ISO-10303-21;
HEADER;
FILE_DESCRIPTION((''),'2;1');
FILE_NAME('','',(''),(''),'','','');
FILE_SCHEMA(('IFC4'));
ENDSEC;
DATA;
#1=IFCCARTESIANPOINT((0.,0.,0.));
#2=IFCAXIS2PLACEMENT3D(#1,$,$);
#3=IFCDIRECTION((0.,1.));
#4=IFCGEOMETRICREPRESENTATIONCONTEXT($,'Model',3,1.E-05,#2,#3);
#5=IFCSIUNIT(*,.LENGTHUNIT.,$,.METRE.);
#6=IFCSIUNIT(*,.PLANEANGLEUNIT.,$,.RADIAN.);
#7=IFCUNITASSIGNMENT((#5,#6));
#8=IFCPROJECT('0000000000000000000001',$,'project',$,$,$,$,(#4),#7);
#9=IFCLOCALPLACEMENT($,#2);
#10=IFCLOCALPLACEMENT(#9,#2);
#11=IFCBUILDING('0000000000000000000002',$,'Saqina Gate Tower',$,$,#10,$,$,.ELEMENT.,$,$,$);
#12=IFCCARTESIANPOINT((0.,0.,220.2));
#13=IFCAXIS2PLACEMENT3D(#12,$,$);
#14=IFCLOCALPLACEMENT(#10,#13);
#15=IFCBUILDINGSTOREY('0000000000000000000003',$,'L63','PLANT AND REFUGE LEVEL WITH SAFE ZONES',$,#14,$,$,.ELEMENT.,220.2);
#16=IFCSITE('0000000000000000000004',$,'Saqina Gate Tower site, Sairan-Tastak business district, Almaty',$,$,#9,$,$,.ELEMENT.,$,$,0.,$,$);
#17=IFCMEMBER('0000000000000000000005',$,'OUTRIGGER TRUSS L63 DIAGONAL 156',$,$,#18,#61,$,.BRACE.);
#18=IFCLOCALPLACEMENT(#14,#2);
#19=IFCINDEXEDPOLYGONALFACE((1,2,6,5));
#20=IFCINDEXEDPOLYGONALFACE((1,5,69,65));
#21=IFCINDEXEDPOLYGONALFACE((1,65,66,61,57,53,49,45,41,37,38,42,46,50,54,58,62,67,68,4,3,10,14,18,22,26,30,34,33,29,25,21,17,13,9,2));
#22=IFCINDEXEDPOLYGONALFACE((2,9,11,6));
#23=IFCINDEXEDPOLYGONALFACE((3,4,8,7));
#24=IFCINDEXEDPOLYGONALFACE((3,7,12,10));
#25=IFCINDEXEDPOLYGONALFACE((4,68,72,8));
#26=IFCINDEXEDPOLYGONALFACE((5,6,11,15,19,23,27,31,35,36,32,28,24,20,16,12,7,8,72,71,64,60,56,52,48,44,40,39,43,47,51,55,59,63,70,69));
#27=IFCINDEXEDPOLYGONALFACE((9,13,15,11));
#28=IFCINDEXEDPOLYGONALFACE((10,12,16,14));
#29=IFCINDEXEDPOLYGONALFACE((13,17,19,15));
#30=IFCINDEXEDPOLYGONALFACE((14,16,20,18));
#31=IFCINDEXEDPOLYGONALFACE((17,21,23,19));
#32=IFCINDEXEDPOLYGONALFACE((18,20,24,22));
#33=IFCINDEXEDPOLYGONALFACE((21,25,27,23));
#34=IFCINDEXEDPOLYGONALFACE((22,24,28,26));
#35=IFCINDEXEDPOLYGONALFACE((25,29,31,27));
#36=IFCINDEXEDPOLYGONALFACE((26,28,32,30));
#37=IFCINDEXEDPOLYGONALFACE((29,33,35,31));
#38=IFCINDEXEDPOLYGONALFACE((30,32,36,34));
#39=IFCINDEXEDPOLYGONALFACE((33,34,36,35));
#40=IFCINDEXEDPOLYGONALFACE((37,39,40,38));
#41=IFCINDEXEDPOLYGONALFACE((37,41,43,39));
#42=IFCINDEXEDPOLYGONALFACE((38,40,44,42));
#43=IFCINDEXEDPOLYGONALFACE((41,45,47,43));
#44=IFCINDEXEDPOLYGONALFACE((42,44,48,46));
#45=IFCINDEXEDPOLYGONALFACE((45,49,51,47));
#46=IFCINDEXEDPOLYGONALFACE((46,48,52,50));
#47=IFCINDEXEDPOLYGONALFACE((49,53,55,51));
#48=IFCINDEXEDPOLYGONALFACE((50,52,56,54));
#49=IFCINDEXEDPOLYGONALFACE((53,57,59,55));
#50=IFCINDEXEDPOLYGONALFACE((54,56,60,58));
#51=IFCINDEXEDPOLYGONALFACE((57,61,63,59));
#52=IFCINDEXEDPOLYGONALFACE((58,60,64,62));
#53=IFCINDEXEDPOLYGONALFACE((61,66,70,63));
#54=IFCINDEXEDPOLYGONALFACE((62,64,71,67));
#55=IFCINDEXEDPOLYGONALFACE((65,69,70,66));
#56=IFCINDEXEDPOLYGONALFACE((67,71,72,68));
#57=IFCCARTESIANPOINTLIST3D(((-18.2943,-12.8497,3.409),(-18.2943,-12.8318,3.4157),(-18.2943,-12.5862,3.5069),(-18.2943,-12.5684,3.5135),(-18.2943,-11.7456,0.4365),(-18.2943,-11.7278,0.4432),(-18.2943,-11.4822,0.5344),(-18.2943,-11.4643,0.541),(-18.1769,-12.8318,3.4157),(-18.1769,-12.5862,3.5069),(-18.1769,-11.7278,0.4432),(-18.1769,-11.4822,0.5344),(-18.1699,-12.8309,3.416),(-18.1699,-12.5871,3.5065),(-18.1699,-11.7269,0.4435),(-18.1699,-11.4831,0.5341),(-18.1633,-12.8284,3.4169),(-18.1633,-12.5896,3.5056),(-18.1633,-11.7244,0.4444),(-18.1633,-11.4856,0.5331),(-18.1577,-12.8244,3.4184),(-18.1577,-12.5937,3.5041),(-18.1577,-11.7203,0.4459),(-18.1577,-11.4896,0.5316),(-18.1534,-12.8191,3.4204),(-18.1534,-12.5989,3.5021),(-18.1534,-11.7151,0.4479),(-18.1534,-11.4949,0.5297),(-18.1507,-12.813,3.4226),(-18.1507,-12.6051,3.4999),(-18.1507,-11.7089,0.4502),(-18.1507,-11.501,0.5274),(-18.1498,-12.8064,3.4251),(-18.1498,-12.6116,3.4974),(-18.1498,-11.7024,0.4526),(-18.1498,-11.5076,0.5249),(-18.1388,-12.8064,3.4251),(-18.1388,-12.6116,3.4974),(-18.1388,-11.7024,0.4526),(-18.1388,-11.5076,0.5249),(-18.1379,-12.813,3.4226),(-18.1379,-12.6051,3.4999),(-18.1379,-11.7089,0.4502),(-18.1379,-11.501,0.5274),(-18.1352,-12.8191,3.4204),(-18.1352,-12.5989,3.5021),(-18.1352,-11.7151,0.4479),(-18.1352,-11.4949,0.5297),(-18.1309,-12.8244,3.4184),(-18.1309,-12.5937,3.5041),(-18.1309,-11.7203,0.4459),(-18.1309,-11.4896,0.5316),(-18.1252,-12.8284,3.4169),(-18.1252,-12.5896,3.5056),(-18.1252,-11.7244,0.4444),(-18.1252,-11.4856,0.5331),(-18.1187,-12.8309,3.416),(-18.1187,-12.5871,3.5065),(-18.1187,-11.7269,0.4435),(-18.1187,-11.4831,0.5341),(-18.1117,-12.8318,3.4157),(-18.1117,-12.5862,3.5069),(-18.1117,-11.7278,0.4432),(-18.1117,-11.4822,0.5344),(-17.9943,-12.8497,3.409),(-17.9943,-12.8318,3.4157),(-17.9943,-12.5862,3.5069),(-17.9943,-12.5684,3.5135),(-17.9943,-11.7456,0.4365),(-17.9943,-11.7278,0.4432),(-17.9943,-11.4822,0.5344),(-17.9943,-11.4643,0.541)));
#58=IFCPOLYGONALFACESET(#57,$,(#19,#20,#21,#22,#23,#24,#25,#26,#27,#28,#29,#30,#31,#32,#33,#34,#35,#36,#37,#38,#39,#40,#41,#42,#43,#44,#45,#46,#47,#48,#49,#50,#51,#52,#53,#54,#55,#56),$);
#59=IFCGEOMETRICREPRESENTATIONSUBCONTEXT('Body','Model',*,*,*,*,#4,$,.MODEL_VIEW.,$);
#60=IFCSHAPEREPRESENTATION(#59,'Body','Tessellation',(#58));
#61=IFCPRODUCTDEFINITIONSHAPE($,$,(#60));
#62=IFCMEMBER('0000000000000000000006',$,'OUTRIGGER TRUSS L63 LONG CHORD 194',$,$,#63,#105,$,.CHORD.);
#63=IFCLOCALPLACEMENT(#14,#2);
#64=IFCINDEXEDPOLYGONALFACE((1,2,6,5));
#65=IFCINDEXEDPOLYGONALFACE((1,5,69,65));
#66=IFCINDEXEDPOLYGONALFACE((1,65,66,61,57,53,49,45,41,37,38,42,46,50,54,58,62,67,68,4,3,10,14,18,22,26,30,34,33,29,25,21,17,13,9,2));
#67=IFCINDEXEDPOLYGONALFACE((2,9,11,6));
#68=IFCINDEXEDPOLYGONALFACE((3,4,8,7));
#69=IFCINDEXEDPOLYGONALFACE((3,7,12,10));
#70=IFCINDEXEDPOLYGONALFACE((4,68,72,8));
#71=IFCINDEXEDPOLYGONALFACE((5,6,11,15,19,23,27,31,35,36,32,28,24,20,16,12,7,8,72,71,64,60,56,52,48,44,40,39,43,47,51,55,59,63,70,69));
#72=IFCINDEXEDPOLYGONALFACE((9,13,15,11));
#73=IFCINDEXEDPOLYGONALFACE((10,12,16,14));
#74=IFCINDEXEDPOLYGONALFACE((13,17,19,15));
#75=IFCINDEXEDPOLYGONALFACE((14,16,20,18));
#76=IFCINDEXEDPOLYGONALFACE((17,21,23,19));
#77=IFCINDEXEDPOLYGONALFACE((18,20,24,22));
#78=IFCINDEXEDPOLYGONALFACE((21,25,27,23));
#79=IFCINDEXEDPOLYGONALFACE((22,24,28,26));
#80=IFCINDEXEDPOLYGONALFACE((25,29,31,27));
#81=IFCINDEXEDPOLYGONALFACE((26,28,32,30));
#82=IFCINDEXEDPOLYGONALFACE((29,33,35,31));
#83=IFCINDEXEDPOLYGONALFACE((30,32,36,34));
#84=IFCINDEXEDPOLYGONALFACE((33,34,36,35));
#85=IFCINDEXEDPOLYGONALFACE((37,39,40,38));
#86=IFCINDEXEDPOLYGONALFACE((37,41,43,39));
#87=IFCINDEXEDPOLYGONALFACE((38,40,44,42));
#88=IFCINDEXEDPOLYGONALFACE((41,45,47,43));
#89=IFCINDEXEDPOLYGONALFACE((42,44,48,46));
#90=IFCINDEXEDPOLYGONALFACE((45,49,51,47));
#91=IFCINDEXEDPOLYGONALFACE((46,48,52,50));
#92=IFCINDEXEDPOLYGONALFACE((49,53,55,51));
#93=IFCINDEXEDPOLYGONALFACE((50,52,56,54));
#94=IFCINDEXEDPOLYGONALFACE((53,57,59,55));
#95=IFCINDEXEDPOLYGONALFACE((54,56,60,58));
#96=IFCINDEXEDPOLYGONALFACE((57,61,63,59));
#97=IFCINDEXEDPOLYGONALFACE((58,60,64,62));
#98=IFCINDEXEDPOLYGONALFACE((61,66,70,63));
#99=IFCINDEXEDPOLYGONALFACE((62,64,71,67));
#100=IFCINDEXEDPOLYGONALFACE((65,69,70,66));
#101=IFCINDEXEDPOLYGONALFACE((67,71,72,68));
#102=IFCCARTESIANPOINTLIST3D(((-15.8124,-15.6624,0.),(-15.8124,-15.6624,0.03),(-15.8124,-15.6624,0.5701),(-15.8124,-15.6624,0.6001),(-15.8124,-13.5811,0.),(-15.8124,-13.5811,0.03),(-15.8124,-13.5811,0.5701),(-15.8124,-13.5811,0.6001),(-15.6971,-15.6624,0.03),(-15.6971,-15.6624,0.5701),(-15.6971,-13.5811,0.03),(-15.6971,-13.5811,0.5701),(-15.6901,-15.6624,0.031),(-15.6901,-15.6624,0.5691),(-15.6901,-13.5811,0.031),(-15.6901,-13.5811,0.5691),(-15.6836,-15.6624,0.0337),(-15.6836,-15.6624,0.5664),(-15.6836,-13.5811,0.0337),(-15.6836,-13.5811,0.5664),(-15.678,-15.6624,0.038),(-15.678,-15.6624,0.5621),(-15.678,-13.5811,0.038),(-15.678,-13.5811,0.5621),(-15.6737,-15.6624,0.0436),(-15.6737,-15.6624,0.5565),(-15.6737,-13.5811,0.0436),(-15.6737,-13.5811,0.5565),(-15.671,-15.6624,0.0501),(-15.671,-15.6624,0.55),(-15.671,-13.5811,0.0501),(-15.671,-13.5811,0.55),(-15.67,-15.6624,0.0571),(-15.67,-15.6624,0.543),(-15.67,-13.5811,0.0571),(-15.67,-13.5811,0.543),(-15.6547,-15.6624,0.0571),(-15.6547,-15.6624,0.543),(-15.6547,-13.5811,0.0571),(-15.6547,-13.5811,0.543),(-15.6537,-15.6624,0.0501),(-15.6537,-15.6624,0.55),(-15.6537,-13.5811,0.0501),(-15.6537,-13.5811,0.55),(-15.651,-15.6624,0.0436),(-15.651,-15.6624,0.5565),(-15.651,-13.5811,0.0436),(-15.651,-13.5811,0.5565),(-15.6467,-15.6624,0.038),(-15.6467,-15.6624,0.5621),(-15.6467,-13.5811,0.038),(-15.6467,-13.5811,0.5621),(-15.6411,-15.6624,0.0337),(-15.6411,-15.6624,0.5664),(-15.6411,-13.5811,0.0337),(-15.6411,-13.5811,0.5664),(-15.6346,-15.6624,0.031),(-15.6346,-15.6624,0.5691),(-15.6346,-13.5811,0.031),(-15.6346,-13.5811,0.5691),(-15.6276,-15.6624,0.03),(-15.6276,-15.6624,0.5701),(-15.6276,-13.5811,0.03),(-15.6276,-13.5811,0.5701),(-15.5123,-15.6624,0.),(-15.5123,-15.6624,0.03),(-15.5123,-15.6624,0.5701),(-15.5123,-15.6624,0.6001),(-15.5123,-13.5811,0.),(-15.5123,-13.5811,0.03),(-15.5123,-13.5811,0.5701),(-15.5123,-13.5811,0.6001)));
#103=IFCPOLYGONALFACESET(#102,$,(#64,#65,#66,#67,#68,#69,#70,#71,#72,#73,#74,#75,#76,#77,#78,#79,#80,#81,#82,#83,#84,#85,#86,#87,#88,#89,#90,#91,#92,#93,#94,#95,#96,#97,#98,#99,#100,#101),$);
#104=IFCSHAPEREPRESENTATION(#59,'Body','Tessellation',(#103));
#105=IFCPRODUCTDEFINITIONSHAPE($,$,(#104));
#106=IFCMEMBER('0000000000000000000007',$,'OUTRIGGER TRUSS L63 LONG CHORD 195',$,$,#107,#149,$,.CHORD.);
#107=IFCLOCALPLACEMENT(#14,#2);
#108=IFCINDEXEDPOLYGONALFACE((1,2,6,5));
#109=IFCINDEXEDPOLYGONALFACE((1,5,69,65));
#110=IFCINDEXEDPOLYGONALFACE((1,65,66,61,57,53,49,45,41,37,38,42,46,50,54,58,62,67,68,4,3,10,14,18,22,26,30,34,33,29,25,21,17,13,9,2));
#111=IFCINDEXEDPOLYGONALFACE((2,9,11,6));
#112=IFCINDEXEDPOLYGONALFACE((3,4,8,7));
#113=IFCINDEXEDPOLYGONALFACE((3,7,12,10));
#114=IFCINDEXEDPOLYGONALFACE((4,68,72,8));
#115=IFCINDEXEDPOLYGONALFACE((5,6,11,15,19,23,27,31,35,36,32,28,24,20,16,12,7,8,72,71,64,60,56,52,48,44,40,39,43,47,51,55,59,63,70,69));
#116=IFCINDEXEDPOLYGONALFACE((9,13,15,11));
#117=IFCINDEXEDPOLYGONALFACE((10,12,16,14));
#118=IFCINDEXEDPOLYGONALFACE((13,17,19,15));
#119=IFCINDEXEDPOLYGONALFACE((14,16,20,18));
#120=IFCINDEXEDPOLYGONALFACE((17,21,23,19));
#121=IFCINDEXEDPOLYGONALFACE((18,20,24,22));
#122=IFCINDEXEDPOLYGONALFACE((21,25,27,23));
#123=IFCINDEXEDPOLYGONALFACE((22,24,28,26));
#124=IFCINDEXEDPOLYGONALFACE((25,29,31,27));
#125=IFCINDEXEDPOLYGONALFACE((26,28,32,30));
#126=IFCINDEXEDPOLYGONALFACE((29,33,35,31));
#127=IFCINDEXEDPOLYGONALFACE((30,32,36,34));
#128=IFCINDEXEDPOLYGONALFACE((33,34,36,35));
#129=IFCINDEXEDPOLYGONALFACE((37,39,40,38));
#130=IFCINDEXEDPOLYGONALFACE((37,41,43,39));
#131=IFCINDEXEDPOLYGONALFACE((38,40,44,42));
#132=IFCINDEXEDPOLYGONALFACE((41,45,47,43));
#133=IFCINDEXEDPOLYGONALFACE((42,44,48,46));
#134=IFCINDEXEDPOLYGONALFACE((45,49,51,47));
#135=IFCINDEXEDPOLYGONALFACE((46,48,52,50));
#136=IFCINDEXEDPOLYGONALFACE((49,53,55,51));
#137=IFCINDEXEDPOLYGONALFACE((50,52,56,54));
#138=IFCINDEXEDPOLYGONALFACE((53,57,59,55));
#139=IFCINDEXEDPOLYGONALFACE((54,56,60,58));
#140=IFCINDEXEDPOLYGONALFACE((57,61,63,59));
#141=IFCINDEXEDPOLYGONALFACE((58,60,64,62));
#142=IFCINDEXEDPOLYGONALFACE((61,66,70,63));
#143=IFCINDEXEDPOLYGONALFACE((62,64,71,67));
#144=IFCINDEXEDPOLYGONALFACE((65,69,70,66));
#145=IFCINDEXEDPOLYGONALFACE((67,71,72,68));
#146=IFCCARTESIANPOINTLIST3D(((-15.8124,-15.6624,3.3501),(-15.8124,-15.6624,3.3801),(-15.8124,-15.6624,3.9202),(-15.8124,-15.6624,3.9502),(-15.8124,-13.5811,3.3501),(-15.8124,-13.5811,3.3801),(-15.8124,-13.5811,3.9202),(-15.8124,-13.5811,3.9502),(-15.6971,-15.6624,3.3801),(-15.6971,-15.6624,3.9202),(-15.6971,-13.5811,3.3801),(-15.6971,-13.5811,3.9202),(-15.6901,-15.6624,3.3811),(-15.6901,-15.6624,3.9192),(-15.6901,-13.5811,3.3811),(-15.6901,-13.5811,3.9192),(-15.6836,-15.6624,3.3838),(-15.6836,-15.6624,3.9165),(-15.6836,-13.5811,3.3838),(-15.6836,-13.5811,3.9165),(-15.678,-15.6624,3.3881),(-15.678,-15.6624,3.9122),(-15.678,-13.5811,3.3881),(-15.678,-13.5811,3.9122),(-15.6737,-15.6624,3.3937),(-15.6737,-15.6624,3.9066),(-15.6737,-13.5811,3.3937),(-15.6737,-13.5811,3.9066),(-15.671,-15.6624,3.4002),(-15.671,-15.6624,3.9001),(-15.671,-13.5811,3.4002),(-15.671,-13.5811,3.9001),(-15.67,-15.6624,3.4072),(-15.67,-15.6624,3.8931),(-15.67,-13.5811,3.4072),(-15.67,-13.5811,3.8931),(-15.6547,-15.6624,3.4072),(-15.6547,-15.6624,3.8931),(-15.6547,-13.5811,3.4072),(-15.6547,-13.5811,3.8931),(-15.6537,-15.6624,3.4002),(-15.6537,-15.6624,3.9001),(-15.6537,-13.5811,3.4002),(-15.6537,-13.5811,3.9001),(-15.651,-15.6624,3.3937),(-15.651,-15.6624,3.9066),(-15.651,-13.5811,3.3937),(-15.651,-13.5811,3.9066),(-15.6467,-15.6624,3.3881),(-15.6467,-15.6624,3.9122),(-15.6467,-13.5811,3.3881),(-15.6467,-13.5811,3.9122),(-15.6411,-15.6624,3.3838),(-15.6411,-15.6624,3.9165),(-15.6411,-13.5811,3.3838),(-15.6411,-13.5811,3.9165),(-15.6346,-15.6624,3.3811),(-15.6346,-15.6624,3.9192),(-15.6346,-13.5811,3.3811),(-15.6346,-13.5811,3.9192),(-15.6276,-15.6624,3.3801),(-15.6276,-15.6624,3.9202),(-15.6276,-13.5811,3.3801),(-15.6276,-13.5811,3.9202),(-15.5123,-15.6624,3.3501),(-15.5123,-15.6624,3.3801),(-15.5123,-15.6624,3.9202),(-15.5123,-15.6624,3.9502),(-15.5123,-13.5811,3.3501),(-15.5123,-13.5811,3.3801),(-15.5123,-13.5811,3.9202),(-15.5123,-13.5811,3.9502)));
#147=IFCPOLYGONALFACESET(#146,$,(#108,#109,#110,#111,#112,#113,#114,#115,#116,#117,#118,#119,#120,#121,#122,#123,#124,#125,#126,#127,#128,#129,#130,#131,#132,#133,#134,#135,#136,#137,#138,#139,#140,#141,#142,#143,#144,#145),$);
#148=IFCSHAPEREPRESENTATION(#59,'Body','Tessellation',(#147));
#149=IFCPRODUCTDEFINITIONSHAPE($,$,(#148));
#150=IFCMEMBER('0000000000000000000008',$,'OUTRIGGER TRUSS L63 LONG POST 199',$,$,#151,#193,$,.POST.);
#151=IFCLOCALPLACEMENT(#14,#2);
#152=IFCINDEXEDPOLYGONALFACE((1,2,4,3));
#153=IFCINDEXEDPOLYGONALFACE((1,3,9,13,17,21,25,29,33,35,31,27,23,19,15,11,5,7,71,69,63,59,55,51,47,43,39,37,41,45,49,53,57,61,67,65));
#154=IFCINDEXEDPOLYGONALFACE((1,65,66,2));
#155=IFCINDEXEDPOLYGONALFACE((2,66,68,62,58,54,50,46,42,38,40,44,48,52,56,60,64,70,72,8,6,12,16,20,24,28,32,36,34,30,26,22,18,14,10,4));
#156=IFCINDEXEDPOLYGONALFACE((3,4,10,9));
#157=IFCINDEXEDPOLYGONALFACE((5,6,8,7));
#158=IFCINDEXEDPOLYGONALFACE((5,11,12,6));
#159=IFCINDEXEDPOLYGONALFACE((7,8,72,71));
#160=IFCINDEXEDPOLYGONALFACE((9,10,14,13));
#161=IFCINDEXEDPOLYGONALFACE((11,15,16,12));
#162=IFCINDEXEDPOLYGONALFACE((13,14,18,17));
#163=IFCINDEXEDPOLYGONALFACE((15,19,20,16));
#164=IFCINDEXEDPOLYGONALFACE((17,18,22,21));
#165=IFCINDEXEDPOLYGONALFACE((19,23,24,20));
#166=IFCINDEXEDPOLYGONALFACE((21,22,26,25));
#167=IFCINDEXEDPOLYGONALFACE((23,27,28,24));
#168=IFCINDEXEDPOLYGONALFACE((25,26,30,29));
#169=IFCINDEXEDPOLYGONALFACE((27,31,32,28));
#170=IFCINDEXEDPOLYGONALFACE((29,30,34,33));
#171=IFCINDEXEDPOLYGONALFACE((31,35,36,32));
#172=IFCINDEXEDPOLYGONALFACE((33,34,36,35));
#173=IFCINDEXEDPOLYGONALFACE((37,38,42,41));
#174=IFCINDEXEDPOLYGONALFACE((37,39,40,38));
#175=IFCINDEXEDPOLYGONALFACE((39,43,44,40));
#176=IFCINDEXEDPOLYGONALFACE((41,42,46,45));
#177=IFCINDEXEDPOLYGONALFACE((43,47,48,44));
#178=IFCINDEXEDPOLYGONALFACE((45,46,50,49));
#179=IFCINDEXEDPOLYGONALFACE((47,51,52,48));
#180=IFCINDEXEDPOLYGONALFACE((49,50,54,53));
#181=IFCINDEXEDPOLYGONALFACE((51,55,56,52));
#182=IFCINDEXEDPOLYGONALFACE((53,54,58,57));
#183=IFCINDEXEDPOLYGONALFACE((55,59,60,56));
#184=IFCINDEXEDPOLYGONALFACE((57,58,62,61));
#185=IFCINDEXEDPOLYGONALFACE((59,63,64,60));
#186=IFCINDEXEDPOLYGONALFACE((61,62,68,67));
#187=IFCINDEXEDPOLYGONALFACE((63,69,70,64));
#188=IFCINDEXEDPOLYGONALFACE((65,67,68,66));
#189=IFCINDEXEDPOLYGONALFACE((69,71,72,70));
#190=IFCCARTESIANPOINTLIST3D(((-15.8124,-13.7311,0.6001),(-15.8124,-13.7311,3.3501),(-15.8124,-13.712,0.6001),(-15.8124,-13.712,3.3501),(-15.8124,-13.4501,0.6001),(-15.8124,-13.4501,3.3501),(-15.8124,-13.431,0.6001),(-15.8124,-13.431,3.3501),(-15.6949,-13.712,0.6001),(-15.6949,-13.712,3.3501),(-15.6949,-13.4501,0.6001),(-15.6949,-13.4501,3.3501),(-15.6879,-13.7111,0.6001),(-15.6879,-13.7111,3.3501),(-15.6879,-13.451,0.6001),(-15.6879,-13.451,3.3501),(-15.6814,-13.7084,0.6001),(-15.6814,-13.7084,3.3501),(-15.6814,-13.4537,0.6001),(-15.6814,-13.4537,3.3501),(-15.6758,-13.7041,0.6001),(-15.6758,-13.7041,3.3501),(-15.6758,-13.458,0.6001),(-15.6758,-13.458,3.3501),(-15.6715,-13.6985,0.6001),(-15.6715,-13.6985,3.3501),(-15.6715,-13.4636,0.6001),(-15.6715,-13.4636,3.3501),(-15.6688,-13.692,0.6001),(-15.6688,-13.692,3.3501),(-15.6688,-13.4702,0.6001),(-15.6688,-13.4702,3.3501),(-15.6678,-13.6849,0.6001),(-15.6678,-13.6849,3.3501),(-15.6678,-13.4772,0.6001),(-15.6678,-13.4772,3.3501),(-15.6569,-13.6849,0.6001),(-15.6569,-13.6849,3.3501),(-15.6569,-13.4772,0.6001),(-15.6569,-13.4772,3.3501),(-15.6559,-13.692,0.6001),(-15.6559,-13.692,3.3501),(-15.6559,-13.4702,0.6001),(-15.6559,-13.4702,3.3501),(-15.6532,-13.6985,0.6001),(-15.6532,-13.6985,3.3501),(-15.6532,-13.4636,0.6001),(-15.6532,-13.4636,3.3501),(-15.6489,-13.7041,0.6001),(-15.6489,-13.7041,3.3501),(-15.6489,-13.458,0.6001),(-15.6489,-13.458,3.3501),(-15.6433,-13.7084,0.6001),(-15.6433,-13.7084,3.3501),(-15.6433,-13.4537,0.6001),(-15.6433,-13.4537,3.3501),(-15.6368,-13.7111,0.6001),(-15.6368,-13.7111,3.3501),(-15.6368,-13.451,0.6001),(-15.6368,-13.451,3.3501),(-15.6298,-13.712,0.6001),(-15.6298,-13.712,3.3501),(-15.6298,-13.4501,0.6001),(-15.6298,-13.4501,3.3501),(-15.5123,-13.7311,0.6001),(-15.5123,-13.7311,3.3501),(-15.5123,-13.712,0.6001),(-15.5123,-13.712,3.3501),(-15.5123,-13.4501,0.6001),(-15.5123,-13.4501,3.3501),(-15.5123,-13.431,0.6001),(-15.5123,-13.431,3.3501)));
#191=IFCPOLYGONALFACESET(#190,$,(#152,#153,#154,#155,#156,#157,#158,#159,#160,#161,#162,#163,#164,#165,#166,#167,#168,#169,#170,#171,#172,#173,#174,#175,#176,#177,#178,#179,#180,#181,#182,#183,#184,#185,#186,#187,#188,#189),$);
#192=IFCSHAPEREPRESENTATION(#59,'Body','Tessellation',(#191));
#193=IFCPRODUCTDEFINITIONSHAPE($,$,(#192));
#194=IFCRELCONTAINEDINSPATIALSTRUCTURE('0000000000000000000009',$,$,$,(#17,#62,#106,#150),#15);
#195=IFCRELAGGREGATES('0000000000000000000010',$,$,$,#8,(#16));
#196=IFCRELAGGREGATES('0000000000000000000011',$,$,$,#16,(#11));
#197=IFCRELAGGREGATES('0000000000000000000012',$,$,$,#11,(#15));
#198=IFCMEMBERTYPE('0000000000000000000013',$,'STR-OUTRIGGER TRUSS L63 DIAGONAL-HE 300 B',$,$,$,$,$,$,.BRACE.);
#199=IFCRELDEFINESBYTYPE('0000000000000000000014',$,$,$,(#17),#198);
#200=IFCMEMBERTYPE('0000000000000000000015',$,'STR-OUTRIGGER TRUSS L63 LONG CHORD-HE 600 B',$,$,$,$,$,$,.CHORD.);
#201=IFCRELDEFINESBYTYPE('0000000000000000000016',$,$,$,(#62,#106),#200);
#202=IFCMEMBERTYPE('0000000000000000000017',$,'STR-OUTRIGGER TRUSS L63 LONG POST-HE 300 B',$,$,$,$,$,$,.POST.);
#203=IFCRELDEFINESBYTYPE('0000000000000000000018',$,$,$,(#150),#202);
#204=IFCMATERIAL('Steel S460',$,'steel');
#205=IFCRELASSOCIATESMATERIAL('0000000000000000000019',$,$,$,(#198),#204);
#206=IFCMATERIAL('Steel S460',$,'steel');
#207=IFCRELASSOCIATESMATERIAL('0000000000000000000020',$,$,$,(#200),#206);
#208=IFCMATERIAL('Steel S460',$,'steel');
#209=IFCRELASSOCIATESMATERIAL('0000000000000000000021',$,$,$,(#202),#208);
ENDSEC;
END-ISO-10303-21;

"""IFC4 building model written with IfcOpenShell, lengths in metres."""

from ifc_helpers import new_model, si_unit, direction, frame, origin, origin_2d, place, context, subcontext, project, spatial, i_section, extrude, material, material_profile, profile_set, type_object, element, save


model = new_model("IFC4")

# Units and contexts
model_context = context("Model", 3, precision=1e-05, world=origin(), true_north=direction((0.0, 1.0)))
body_context = subcontext(model_context, "Body", "Model", "MODEL_VIEW")
ifc_project = project(units=[si_unit("LENGTHUNIT", "METRE"), si_unit("PLANEANGLEUNIT", "RADIAN")], contexts=[model_context])

# Site, building, storey
site_placement = place(None, origin())
site = spatial("IfcSite", under=ifc_project, at=site_placement, Name="Saqina Gate Tower site, Sairan-Tastak business district, Almaty", CompositionType="ELEMENT", RefElevation=0.0)
building_placement = place(site_placement, origin())
building = spatial("IfcBuilding", under=site, at=building_placement, Name="Saqina Gate Tower", CompositionType="ELEMENT")
storey_placement = place(building_placement, frame((0.0, 0.0, 220.2)))
storey = spatial("IfcBuildingStorey", under=building, at=storey_placement, Name="L63", Description="PLANT AND REFUGE LEVEL WITH SAFE ZONES", CompositionType="ELEMENT", Elevation=220.2)

# Members
ifc_material_1 = material(Name="Steel S460", Category="steel")
ifc_material_profile_1 = material_profile(ifc_material_1, i_section(OverallWidth=0.3, OverallDepth=0.3, WebThickness=0.011, FlangeThickness=0.019, FilletRadius=0.0271, at=origin_2d()), Name="HE 300 B")
ifc_profile_set_1 = profile_set([ifc_material_profile_1], Name="Steel S460")
member_type_1 = type_object("IfcMemberType", Name="STR-OUTRIGGER TRUSS L63 DIAGONAL-HE 300 B", PredefinedType="BRACE", material=ifc_profile_set_1)
member_1_placement = place(storey_placement, frame((-18.1443, -11.605, 0.4888), z_axis=(0.0, -0.348177, 0.937429), x_axis=(1.0, 0.0, 0.0)))
element("IfcMember", 1, at=member_1_placement, inside=storey, type_object=member_type_1, Name="OUTRIGGER TRUSS L63 DIAGONAL 156", PredefinedType="BRACE", context=body_context, shape_type="SweptSolid", body=[
    extrude(i_section(OverallWidth=0.3, OverallDepth=0.3, WebThickness=0.011, FlangeThickness=0.019, FilletRadius=0.0271, at=origin_2d()), origin(), (0.0, 0.0, 1.0), 3.1709),
])
ifc_material_2 = material(Name="Steel S460", Category="steel")
ifc_material_profile_2 = material_profile(ifc_material_2, i_section(OverallWidth=0.3, OverallDepth=0.6001, WebThickness=0.0154, FlangeThickness=0.03, FilletRadius=0.0271, at=origin_2d()), Name="HE 600 B")
ifc_profile_set_2 = profile_set([ifc_material_profile_2], Name="Steel S460")
member_type_2 = type_object("IfcMemberType", Name="STR-OUTRIGGER TRUSS L63 LONG CHORD-HE 600 B", PredefinedType="CHORD", material=ifc_profile_set_2)
for number, where, z_axis, x_axis, name in (
    (2, (-15.6624, -13.5811, 0.3), (0.0, -1.0, 0.0), (1.0, 0.0, 0.0), "OUTRIGGER TRUSS L63 LONG CHORD 194"),
    (3, (-15.6624, -13.5811, 3.6501), (0.0, -1.0, 0.0), (1.0, 0.0, 0.0), "OUTRIGGER TRUSS L63 LONG CHORD 195"),
):
    element("IfcMember", number, at=place(storey_placement, frame(where, z_axis=z_axis, x_axis=x_axis)), inside=storey, type_object=member_type_2, Name=name, PredefinedType="CHORD", context=body_context, shape_type="SweptSolid", body=[
        extrude(i_section(OverallWidth=0.3, OverallDepth=0.6001, WebThickness=0.0154, FlangeThickness=0.03, FilletRadius=0.0271, at=origin_2d()), origin(), (0.0, 0.0, 1.0), 2.0813),
    ])
ifc_material_3 = material(Name="Steel S460", Category="steel")
ifc_material_profile_3 = material_profile(ifc_material_3, i_section(OverallWidth=0.3, OverallDepth=0.3, WebThickness=0.011, FlangeThickness=0.019, FilletRadius=0.0271, at=origin_2d()), Name="HE 300 B")
ifc_profile_set_3 = profile_set([ifc_material_profile_3], Name="Steel S460")
member_type_3 = type_object("IfcMemberType", Name="STR-OUTRIGGER TRUSS L63 LONG POST-HE 300 B", PredefinedType="POST", material=ifc_profile_set_3)
member_2_placement = place(storey_placement, frame((-15.6624, -13.5811, 0.6001), z_axis=(0.0, 0.0, 1.0), x_axis=(1.0, 0.0, 0.0)))
element("IfcMember", 4, at=member_2_placement, inside=storey, type_object=member_type_3, Name="OUTRIGGER TRUSS L63 LONG POST 199", PredefinedType="POST", context=body_context, shape_type="SweptSolid", body=[
    extrude(i_section(OverallWidth=0.3, OverallDepth=0.3, WebThickness=0.011, FlangeThickness=0.019, FilletRadius=0.0271, at=origin_2d()), origin(), (0.0, 0.0, 1.0), 2.75),
])

save(model, "model.ifc")
